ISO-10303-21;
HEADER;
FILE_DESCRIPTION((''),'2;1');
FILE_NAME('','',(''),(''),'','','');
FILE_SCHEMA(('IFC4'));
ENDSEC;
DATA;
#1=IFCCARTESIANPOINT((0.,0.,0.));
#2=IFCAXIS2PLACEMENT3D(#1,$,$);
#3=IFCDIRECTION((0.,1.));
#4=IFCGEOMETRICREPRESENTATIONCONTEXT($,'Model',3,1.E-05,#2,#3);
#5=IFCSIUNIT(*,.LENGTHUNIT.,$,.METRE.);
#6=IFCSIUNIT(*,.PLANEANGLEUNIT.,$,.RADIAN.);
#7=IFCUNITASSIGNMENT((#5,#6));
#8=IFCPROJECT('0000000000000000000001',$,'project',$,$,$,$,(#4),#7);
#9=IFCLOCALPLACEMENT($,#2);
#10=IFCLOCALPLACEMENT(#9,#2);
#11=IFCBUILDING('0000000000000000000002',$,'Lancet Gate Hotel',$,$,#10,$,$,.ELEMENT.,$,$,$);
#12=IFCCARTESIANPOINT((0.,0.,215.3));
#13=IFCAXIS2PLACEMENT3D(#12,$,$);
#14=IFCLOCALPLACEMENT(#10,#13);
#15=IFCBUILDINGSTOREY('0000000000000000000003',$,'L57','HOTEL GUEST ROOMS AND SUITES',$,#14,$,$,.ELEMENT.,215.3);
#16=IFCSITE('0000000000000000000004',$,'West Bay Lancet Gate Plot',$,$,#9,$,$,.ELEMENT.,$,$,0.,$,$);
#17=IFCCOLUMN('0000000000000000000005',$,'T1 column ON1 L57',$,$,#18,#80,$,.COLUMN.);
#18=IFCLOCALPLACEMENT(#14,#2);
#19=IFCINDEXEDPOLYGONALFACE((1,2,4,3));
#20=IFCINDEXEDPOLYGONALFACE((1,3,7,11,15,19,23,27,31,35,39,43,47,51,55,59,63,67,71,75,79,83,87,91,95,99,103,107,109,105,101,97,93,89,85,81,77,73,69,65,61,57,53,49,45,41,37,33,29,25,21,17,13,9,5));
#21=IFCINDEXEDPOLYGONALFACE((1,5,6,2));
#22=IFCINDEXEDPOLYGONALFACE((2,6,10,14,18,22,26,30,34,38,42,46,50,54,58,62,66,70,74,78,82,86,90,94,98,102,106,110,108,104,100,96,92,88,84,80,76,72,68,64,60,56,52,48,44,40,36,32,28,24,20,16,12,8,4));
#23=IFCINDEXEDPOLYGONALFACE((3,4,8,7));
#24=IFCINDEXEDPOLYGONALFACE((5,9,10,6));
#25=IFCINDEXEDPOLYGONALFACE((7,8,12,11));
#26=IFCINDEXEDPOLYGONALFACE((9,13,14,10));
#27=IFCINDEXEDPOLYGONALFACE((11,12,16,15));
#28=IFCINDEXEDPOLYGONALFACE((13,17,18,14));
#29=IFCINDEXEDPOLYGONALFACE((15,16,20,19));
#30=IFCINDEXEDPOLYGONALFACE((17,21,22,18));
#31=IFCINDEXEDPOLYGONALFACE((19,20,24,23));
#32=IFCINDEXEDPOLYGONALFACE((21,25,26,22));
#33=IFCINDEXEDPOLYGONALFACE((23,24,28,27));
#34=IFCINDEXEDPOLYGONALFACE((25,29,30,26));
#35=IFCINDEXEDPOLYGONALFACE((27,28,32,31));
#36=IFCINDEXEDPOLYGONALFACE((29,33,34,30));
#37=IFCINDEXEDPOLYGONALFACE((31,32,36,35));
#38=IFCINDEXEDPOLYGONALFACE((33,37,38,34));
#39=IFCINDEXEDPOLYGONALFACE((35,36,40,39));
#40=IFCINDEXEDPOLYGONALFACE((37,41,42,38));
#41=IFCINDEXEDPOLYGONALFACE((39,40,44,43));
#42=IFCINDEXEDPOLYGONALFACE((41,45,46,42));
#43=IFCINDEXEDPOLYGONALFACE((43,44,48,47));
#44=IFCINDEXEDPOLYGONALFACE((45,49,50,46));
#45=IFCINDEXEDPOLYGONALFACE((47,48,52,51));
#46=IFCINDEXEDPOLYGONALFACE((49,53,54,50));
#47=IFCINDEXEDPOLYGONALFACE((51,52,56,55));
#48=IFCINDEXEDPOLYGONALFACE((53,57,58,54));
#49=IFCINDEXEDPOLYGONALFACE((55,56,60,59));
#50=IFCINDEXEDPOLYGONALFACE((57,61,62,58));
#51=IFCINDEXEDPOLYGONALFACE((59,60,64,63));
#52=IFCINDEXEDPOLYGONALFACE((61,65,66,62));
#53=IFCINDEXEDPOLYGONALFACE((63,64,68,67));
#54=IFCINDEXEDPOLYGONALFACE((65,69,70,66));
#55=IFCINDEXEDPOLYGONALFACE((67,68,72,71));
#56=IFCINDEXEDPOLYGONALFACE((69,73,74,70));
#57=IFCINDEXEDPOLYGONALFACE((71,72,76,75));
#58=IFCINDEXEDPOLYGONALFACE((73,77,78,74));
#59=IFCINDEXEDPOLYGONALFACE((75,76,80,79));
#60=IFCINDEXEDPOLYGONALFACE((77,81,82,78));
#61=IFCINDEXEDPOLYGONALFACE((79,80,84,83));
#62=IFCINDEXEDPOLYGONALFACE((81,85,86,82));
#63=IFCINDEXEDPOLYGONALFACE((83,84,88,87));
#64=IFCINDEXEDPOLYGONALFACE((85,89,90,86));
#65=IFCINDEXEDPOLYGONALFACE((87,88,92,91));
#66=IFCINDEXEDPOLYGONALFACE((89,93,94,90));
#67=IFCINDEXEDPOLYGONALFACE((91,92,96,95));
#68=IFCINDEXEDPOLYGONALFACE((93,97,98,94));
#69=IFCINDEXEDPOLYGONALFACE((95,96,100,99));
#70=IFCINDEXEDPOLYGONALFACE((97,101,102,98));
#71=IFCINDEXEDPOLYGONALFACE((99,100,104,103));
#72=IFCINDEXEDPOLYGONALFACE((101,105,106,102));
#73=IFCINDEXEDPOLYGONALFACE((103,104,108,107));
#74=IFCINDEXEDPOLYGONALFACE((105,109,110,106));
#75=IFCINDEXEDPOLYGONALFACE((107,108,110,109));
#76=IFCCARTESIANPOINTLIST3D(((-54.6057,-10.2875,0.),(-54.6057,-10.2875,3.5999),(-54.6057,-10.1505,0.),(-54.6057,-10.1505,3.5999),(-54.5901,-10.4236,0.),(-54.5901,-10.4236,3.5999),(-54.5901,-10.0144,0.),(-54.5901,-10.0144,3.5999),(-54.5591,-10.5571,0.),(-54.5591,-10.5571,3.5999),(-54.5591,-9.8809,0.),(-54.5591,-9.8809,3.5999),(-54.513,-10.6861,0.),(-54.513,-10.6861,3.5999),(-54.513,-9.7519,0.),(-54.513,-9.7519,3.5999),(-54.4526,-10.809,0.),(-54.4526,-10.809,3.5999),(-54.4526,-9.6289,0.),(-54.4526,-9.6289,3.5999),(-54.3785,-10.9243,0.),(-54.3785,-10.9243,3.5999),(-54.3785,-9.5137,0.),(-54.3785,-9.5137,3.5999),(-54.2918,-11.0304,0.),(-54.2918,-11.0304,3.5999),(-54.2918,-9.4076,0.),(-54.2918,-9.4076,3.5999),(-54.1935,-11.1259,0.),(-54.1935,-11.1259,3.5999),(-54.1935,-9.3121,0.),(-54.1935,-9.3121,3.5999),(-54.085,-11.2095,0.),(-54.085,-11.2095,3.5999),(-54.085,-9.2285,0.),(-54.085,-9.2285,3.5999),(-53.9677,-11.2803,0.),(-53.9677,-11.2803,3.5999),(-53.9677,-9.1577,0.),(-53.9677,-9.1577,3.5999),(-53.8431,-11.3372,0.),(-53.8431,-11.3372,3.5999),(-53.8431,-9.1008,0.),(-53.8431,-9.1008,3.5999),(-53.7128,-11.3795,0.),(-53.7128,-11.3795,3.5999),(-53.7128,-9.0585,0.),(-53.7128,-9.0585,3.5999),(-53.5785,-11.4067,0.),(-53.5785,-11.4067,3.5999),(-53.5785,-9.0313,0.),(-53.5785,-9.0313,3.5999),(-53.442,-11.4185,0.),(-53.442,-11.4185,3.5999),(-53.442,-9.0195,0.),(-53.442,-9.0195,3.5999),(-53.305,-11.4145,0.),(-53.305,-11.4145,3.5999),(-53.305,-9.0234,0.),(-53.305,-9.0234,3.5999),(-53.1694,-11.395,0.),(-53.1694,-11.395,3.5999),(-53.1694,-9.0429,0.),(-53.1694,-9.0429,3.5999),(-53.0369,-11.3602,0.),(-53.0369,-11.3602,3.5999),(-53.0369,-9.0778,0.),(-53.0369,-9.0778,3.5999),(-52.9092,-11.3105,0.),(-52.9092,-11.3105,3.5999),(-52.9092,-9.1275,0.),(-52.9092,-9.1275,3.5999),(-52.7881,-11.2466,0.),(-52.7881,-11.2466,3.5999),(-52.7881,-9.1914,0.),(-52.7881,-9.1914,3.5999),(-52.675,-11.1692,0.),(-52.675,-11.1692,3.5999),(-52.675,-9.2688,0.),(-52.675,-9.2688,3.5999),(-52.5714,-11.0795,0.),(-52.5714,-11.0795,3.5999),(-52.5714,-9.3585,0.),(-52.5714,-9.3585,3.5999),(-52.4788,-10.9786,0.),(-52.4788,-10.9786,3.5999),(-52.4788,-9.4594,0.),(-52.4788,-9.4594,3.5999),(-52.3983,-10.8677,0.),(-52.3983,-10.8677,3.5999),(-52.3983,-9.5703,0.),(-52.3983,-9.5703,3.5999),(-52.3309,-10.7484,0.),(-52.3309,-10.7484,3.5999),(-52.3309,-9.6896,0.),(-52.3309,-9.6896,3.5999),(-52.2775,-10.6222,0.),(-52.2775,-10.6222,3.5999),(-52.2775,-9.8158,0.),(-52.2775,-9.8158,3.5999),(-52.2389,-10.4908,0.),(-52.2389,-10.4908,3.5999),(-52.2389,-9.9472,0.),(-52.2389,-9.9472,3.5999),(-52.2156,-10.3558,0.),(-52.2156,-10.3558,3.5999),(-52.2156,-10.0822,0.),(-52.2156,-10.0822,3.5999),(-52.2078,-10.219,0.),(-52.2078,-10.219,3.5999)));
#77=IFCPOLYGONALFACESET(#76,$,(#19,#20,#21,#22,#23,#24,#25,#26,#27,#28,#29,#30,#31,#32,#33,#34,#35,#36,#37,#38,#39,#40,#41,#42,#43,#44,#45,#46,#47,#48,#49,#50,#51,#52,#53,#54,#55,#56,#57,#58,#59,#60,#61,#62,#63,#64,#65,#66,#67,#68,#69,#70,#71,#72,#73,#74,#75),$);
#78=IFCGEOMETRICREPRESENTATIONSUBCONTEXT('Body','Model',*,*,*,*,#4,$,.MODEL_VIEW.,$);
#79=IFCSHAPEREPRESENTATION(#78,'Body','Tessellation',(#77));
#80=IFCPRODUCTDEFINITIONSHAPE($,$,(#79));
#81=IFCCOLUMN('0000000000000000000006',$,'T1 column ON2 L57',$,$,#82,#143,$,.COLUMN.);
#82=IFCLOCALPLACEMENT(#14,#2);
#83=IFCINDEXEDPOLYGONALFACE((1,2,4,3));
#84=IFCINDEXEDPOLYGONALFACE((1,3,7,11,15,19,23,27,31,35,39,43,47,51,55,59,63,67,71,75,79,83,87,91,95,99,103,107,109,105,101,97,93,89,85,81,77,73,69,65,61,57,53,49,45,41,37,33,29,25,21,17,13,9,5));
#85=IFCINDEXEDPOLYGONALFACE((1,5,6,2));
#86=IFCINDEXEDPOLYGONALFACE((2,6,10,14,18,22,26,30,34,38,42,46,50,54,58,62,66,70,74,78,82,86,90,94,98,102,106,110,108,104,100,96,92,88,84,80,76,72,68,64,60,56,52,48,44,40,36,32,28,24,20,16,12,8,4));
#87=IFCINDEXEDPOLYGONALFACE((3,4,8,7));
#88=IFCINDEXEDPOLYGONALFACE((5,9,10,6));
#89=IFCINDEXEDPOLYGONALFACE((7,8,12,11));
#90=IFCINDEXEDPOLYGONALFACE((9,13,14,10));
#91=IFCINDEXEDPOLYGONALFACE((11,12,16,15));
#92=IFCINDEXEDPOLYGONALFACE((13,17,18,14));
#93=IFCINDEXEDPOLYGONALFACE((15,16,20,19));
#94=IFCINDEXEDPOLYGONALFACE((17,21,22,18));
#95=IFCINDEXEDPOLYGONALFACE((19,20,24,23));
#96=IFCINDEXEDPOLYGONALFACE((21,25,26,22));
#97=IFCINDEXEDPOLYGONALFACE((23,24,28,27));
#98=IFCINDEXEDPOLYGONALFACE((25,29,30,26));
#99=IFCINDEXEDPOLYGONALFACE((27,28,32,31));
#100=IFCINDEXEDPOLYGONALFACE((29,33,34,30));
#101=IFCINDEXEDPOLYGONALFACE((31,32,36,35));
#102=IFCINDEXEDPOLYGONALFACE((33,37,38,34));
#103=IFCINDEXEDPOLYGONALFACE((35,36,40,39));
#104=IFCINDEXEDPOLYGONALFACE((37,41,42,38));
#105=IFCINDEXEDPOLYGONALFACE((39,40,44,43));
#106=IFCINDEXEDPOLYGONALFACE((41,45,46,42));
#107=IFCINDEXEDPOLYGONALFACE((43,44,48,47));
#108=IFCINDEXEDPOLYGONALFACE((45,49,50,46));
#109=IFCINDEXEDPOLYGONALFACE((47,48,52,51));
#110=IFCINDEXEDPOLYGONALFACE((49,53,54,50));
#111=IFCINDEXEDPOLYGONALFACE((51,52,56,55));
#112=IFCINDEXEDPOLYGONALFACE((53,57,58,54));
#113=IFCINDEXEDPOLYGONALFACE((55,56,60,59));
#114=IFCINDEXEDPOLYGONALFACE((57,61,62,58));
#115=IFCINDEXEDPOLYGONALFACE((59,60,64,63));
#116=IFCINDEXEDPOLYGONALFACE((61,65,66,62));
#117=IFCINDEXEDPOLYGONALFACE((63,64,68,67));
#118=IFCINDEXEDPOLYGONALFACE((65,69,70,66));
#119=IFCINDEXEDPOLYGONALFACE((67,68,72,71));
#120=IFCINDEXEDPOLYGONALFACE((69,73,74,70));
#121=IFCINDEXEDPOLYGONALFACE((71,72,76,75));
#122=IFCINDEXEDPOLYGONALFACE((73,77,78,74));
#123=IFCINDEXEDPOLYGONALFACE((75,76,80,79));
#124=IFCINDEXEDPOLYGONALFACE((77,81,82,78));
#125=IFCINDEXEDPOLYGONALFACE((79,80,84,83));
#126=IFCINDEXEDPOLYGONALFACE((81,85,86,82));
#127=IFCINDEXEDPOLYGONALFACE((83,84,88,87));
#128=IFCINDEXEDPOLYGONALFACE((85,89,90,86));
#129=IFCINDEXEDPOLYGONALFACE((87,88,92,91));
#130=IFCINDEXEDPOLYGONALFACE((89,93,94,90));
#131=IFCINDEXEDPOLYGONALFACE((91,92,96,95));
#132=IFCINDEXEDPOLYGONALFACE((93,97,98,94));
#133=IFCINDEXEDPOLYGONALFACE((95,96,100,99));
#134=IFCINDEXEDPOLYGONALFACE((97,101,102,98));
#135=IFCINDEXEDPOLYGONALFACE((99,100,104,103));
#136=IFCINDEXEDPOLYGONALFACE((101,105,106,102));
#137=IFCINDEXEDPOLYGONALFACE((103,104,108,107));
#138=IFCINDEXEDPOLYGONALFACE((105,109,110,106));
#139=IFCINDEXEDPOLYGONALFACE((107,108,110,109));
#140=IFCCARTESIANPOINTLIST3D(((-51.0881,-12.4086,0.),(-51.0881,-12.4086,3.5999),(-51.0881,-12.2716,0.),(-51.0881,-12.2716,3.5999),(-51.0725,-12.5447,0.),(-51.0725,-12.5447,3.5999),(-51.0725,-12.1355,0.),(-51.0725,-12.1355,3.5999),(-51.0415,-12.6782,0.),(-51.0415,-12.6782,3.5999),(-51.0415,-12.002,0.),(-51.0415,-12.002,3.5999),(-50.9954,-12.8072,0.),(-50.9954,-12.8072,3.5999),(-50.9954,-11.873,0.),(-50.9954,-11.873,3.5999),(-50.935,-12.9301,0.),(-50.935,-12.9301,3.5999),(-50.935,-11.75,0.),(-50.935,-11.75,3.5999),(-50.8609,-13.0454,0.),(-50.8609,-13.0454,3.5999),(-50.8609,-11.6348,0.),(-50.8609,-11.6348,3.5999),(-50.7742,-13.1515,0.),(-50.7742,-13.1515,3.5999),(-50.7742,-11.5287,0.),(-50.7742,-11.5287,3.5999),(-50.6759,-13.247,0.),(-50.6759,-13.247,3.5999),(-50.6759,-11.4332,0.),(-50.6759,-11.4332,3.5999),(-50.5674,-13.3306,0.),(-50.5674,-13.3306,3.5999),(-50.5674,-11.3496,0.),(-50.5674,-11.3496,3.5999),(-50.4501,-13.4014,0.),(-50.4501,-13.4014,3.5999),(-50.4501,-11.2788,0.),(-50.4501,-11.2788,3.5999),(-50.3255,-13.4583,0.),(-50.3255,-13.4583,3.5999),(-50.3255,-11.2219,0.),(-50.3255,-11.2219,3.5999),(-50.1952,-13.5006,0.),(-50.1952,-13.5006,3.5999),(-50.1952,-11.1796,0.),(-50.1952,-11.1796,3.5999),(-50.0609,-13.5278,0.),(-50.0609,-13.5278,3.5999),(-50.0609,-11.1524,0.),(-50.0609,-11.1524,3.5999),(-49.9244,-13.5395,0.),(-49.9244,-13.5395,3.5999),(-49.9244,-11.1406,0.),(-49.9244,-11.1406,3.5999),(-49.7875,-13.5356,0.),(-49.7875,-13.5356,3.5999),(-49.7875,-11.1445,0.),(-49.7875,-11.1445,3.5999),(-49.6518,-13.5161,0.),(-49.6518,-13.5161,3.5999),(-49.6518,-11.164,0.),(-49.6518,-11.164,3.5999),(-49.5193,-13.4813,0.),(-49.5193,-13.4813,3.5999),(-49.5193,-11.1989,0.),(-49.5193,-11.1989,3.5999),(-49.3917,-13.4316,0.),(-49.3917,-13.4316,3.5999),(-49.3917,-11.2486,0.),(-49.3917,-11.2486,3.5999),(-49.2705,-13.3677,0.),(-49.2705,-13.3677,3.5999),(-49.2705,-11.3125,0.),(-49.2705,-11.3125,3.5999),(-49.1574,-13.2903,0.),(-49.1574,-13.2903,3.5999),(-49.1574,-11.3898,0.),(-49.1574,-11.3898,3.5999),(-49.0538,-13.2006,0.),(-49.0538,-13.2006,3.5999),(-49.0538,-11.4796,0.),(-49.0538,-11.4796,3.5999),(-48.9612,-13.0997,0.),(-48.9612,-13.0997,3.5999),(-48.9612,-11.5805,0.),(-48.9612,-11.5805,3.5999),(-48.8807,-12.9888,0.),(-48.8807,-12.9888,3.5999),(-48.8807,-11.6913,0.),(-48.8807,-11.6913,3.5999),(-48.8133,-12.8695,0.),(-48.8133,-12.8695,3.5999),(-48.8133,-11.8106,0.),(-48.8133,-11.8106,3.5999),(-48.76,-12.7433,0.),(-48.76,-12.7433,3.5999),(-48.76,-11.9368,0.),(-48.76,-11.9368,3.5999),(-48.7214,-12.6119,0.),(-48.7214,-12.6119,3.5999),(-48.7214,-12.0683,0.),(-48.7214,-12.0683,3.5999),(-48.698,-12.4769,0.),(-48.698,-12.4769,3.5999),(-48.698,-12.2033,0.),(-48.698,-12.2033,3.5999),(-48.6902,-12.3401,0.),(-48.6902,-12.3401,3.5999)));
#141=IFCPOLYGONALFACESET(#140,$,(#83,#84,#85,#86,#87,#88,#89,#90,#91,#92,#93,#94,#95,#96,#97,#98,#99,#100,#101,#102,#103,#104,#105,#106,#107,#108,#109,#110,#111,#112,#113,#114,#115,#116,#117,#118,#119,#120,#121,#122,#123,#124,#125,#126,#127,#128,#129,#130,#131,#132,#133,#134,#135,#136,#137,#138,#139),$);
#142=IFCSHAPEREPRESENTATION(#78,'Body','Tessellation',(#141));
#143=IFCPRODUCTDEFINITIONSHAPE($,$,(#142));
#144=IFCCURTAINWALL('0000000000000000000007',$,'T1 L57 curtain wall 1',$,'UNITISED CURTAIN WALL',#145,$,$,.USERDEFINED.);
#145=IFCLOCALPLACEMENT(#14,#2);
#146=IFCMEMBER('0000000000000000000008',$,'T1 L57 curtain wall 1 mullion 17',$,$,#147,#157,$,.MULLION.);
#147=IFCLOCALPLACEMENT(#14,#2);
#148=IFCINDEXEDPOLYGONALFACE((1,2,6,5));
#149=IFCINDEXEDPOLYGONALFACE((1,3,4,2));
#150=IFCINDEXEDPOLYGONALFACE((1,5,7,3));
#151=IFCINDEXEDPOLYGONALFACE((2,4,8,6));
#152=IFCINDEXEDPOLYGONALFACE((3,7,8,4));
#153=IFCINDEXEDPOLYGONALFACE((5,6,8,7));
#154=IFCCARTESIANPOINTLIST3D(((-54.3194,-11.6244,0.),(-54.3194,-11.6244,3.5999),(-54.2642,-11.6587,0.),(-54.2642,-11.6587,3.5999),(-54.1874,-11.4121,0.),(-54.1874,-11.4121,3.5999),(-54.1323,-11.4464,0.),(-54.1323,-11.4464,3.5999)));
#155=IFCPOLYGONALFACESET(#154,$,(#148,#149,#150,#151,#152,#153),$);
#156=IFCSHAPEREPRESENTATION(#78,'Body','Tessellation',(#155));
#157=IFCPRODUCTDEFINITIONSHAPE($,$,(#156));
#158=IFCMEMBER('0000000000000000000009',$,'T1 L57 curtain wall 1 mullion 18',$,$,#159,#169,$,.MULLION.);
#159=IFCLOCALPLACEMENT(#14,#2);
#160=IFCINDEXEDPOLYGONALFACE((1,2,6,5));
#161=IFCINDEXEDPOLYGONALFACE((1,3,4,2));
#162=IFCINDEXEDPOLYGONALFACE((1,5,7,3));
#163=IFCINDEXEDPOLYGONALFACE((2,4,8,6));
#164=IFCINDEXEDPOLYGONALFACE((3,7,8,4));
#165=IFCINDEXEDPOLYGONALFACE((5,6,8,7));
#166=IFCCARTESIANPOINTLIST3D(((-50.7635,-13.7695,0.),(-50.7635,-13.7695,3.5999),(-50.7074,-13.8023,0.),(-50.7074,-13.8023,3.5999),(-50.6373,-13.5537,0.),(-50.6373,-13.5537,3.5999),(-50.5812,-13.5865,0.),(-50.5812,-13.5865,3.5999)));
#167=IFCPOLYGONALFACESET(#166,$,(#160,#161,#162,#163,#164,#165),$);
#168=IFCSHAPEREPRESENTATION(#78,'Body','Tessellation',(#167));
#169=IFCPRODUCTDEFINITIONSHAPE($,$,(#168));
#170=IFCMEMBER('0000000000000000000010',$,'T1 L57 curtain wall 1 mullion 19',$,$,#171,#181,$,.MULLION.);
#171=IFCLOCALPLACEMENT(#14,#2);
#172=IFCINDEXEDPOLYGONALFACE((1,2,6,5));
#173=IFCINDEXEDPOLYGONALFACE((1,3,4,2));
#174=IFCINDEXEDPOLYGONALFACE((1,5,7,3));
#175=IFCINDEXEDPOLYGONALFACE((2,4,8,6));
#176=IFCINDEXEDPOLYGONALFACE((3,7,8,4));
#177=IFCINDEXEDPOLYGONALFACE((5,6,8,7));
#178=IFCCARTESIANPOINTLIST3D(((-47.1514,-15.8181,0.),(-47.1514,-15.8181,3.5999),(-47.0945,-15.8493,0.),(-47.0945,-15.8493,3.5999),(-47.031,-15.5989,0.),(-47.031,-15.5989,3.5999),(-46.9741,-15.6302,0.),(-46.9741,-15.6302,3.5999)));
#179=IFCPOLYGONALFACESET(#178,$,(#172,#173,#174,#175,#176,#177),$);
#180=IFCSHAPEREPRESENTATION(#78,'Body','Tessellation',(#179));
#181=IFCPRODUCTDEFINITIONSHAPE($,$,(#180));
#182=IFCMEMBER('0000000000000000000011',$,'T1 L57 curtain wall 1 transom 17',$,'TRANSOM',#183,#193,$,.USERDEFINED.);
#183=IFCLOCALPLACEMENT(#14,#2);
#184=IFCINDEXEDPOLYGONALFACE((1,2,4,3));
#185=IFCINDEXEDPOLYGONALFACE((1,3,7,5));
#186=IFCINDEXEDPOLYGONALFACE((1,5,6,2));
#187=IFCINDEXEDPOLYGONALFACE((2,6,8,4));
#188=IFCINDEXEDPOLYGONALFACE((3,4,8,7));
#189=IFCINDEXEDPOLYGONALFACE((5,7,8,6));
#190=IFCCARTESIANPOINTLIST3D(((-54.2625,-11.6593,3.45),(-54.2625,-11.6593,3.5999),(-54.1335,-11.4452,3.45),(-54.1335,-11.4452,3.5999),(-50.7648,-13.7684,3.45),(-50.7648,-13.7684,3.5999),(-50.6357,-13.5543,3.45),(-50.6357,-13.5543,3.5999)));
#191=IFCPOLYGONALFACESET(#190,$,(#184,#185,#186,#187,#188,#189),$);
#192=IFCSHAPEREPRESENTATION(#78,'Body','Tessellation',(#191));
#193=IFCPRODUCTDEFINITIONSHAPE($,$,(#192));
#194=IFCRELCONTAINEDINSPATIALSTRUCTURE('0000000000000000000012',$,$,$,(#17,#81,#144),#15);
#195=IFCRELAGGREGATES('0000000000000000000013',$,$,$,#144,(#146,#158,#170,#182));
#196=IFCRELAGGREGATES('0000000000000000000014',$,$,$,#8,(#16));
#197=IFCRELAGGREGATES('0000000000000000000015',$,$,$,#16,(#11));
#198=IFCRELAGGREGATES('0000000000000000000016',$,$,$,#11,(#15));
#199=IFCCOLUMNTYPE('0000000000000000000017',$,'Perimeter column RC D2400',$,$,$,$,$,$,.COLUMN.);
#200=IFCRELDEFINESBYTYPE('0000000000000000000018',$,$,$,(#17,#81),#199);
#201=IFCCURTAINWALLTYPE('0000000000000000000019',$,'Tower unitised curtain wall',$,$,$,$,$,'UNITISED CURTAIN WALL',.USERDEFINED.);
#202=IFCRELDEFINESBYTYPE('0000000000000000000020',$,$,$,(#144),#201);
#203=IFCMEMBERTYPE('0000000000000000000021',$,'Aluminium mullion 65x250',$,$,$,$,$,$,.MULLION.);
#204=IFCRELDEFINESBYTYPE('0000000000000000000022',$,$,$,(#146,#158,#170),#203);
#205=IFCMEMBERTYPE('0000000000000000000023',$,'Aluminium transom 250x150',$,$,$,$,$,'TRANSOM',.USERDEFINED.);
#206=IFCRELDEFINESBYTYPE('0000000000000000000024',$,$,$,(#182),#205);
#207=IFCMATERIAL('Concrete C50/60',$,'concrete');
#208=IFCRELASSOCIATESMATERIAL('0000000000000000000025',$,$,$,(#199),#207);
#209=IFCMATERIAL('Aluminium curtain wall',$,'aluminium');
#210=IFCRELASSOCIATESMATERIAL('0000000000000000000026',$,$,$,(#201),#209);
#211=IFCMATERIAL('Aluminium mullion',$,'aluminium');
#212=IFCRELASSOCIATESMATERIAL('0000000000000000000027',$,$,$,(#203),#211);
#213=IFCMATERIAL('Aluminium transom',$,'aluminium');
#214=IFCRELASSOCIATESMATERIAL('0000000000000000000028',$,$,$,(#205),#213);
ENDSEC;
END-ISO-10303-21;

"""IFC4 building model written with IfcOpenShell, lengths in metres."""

from ifc_helpers import new_model, si_unit, direction, frame, origin, origin_2d, place, context, subcontext, project, spatial, rectangle, circle, extrude, material, material_profile, profile_set, type_object, element, aggregate, save


model = new_model("IFC4")

# Units and contexts
model_context = context("Model", 3, precision=1e-05, world=origin(), true_north=direction((0.0, 1.0)))
body_context = subcontext(model_context, "Body", "Model", "MODEL_VIEW")
ifc_project = project(units=[si_unit("LENGTHUNIT", "METRE"), si_unit("PLANEANGLEUNIT", "RADIAN")], contexts=[model_context])

# Site, building, storey
site_placement = place(None, origin())
site = spatial("IfcSite", under=ifc_project, at=site_placement, Name="West Bay Lancet Gate Plot", CompositionType="ELEMENT", RefElevation=0.0)
building_placement = place(site_placement, origin())
building = spatial("IfcBuilding", under=site, at=building_placement, Name="Lancet Gate Hotel", CompositionType="ELEMENT")
storey_placement = place(building_placement, frame((0.0, 0.0, 215.3)))
storey = spatial("IfcBuildingStorey", under=building, at=storey_placement, Name="L57", Description="HOTEL GUEST ROOMS AND SUITES", CompositionType="ELEMENT", Elevation=215.3)

# Columns
ifc_material_1 = material(Name="Concrete C50/60", Category="concrete")
ifc_material_profile_1 = material_profile(ifc_material_1, circle(Radius=1.2, at=origin_2d()), Name="RC D2400")
ifc_profile_set_1 = profile_set([ifc_material_profile_1], Name="Concrete C50/60")
column_type = type_object("IfcColumnType", Name="Perimeter column RC D2400", PredefinedType="COLUMN", material=ifc_profile_set_1)
for number, where, z_axis, x_axis, name in (
    (1, (-53.4077, -10.219, 0.0), (0.0, 0.0, 1.0), (1.0, 0.0, 0.0), "T1 column ON1 L57"),
    (2, (-49.8901, -12.3401, 0.0), (0.0, 0.0, 1.0), (1.0, 0.0, 0.0), "T1 column ON2 L57"),
):
    element("IfcColumn", number, at=place(storey_placement, frame(where, z_axis=z_axis, x_axis=x_axis)), inside=storey, type_object=column_type, Name=name, PredefinedType="COLUMN", context=body_context, shape_type="SweptSolid", body=[
        extrude(circle(Radius=1.2, at=origin_2d()), origin(), (0.0, 0.0, 1.0), 3.5999),
    ])

# Curtain wall, members
ifc_material_2 = material(Name="Aluminium curtain wall", Category="aluminium")
curtain_wall_type = type_object("IfcCurtainWallType", Name="Tower unitised curtain wall", ElementType="UNITISED CURTAIN WALL", PredefinedType="USERDEFINED", material=ifc_material_2)
curtain_wall_placement = place(storey_placement, origin())
curtain_wall = element("IfcCurtainWall", 3, at=curtain_wall_placement, inside=storey, type_object=curtain_wall_type, Name="T1 L57 curtain wall 1", ObjectType="UNITISED CURTAIN WALL", PredefinedType="USERDEFINED")
ifc_material_3 = material(Name="Aluminium mullion", Category="aluminium")
ifc_material_profile_2 = material_profile(ifc_material_3, rectangle(XDim=0.0649, YDim=0.25, at=origin_2d()), Name="MULLION 65x250")
ifc_profile_set_2 = profile_set([ifc_material_profile_2], Name="Aluminium mullion")
member_type_1 = type_object("IfcMemberType", Name="Aluminium mullion 65x250", PredefinedType="MULLION", material=ifc_profile_set_2)
member_1_placement = place(storey_placement, frame((-54.2258, -11.5354, 0.0), z_axis=(0.0, 0.0, 1.0), x_axis=(0.849342, -0.527842, 0.0)))
member_1 = element("IfcMember", 4, at=member_1_placement, type_object=member_type_1, Name="T1 L57 curtain wall 1 mullion 17", PredefinedType="MULLION", context=body_context, shape_type="SweptSolid", body=[
    extrude(rectangle(XDim=0.0649, YDim=0.25, at=origin_2d()), origin(), (0.0, 0.0, 1.0), 3.5999),
])
member_2_placement = place(storey_placement, frame((-50.6724, -13.678, 0.0), z_axis=(0.0, 0.0, 1.0), x_axis=(0.863242, -0.50479, 0.0)))
member_2 = element("IfcMember", 5, at=member_2_placement, type_object=member_type_1, Name="T1 L57 curtain wall 1 mullion 18", PredefinedType="MULLION", context=body_context, shape_type="SweptSolid", body=[
    extrude(rectangle(XDim=0.0649, YDim=0.25, at=origin_2d()), origin(), (0.0, 0.0, 1.0), 3.5999),
])
member_3_placement = place(storey_placement, frame((-47.0627, -15.7241, 0.0), z_axis=(0.0, 0.0, 1.0), x_axis=(0.876516, -0.481372, 0.0)))
member_3 = element("IfcMember", 6, at=member_3_placement, type_object=member_type_1, Name="T1 L57 curtain wall 1 mullion 19", PredefinedType="MULLION", context=body_context, shape_type="SweptSolid", body=[
    extrude(rectangle(XDim=0.0649, YDim=0.25, at=origin_2d()), origin(), (0.0, 0.0, 1.0), 3.5999),
])
ifc_material_4 = material(Name="Aluminium transom", Category="aluminium")
ifc_material_profile_3 = material_profile(ifc_material_4, rectangle(XDim=0.25, YDim=0.1499, at=origin_2d()), Name="TRANSOM 250x150")
ifc_profile_set_3 = profile_set([ifc_material_profile_3], Name="Aluminium transom")
member_type_2 = type_object("IfcMemberType", Name="Aluminium transom 250x150", ElementType="TRANSOM", PredefinedType="USERDEFINED", material=ifc_profile_set_3)
member_4_placement = place(storey_placement, frame((-54.198, -11.5522, 3.5249), z_axis=(0.856362, -0.516376, 0.0), x_axis=(0.516376, 0.856362, 0.0)))
member_4 = element("IfcMember", 7, at=member_4_placement, type_object=member_type_2, Name="T1 L57 curtain wall 1 transom 17", ObjectType="TRANSOM", PredefinedType="USERDEFINED", context=body_context, shape_type="SweptSolid", body=[
    extrude(rectangle(XDim=0.25, YDim=0.1499, at=origin_2d()), origin(), (0.0, 0.0, 1.0), 4.0845),
])

aggregate(curtain_wall, [member_1, member_2, member_3, member_4])

save(model, "model.ifc")
